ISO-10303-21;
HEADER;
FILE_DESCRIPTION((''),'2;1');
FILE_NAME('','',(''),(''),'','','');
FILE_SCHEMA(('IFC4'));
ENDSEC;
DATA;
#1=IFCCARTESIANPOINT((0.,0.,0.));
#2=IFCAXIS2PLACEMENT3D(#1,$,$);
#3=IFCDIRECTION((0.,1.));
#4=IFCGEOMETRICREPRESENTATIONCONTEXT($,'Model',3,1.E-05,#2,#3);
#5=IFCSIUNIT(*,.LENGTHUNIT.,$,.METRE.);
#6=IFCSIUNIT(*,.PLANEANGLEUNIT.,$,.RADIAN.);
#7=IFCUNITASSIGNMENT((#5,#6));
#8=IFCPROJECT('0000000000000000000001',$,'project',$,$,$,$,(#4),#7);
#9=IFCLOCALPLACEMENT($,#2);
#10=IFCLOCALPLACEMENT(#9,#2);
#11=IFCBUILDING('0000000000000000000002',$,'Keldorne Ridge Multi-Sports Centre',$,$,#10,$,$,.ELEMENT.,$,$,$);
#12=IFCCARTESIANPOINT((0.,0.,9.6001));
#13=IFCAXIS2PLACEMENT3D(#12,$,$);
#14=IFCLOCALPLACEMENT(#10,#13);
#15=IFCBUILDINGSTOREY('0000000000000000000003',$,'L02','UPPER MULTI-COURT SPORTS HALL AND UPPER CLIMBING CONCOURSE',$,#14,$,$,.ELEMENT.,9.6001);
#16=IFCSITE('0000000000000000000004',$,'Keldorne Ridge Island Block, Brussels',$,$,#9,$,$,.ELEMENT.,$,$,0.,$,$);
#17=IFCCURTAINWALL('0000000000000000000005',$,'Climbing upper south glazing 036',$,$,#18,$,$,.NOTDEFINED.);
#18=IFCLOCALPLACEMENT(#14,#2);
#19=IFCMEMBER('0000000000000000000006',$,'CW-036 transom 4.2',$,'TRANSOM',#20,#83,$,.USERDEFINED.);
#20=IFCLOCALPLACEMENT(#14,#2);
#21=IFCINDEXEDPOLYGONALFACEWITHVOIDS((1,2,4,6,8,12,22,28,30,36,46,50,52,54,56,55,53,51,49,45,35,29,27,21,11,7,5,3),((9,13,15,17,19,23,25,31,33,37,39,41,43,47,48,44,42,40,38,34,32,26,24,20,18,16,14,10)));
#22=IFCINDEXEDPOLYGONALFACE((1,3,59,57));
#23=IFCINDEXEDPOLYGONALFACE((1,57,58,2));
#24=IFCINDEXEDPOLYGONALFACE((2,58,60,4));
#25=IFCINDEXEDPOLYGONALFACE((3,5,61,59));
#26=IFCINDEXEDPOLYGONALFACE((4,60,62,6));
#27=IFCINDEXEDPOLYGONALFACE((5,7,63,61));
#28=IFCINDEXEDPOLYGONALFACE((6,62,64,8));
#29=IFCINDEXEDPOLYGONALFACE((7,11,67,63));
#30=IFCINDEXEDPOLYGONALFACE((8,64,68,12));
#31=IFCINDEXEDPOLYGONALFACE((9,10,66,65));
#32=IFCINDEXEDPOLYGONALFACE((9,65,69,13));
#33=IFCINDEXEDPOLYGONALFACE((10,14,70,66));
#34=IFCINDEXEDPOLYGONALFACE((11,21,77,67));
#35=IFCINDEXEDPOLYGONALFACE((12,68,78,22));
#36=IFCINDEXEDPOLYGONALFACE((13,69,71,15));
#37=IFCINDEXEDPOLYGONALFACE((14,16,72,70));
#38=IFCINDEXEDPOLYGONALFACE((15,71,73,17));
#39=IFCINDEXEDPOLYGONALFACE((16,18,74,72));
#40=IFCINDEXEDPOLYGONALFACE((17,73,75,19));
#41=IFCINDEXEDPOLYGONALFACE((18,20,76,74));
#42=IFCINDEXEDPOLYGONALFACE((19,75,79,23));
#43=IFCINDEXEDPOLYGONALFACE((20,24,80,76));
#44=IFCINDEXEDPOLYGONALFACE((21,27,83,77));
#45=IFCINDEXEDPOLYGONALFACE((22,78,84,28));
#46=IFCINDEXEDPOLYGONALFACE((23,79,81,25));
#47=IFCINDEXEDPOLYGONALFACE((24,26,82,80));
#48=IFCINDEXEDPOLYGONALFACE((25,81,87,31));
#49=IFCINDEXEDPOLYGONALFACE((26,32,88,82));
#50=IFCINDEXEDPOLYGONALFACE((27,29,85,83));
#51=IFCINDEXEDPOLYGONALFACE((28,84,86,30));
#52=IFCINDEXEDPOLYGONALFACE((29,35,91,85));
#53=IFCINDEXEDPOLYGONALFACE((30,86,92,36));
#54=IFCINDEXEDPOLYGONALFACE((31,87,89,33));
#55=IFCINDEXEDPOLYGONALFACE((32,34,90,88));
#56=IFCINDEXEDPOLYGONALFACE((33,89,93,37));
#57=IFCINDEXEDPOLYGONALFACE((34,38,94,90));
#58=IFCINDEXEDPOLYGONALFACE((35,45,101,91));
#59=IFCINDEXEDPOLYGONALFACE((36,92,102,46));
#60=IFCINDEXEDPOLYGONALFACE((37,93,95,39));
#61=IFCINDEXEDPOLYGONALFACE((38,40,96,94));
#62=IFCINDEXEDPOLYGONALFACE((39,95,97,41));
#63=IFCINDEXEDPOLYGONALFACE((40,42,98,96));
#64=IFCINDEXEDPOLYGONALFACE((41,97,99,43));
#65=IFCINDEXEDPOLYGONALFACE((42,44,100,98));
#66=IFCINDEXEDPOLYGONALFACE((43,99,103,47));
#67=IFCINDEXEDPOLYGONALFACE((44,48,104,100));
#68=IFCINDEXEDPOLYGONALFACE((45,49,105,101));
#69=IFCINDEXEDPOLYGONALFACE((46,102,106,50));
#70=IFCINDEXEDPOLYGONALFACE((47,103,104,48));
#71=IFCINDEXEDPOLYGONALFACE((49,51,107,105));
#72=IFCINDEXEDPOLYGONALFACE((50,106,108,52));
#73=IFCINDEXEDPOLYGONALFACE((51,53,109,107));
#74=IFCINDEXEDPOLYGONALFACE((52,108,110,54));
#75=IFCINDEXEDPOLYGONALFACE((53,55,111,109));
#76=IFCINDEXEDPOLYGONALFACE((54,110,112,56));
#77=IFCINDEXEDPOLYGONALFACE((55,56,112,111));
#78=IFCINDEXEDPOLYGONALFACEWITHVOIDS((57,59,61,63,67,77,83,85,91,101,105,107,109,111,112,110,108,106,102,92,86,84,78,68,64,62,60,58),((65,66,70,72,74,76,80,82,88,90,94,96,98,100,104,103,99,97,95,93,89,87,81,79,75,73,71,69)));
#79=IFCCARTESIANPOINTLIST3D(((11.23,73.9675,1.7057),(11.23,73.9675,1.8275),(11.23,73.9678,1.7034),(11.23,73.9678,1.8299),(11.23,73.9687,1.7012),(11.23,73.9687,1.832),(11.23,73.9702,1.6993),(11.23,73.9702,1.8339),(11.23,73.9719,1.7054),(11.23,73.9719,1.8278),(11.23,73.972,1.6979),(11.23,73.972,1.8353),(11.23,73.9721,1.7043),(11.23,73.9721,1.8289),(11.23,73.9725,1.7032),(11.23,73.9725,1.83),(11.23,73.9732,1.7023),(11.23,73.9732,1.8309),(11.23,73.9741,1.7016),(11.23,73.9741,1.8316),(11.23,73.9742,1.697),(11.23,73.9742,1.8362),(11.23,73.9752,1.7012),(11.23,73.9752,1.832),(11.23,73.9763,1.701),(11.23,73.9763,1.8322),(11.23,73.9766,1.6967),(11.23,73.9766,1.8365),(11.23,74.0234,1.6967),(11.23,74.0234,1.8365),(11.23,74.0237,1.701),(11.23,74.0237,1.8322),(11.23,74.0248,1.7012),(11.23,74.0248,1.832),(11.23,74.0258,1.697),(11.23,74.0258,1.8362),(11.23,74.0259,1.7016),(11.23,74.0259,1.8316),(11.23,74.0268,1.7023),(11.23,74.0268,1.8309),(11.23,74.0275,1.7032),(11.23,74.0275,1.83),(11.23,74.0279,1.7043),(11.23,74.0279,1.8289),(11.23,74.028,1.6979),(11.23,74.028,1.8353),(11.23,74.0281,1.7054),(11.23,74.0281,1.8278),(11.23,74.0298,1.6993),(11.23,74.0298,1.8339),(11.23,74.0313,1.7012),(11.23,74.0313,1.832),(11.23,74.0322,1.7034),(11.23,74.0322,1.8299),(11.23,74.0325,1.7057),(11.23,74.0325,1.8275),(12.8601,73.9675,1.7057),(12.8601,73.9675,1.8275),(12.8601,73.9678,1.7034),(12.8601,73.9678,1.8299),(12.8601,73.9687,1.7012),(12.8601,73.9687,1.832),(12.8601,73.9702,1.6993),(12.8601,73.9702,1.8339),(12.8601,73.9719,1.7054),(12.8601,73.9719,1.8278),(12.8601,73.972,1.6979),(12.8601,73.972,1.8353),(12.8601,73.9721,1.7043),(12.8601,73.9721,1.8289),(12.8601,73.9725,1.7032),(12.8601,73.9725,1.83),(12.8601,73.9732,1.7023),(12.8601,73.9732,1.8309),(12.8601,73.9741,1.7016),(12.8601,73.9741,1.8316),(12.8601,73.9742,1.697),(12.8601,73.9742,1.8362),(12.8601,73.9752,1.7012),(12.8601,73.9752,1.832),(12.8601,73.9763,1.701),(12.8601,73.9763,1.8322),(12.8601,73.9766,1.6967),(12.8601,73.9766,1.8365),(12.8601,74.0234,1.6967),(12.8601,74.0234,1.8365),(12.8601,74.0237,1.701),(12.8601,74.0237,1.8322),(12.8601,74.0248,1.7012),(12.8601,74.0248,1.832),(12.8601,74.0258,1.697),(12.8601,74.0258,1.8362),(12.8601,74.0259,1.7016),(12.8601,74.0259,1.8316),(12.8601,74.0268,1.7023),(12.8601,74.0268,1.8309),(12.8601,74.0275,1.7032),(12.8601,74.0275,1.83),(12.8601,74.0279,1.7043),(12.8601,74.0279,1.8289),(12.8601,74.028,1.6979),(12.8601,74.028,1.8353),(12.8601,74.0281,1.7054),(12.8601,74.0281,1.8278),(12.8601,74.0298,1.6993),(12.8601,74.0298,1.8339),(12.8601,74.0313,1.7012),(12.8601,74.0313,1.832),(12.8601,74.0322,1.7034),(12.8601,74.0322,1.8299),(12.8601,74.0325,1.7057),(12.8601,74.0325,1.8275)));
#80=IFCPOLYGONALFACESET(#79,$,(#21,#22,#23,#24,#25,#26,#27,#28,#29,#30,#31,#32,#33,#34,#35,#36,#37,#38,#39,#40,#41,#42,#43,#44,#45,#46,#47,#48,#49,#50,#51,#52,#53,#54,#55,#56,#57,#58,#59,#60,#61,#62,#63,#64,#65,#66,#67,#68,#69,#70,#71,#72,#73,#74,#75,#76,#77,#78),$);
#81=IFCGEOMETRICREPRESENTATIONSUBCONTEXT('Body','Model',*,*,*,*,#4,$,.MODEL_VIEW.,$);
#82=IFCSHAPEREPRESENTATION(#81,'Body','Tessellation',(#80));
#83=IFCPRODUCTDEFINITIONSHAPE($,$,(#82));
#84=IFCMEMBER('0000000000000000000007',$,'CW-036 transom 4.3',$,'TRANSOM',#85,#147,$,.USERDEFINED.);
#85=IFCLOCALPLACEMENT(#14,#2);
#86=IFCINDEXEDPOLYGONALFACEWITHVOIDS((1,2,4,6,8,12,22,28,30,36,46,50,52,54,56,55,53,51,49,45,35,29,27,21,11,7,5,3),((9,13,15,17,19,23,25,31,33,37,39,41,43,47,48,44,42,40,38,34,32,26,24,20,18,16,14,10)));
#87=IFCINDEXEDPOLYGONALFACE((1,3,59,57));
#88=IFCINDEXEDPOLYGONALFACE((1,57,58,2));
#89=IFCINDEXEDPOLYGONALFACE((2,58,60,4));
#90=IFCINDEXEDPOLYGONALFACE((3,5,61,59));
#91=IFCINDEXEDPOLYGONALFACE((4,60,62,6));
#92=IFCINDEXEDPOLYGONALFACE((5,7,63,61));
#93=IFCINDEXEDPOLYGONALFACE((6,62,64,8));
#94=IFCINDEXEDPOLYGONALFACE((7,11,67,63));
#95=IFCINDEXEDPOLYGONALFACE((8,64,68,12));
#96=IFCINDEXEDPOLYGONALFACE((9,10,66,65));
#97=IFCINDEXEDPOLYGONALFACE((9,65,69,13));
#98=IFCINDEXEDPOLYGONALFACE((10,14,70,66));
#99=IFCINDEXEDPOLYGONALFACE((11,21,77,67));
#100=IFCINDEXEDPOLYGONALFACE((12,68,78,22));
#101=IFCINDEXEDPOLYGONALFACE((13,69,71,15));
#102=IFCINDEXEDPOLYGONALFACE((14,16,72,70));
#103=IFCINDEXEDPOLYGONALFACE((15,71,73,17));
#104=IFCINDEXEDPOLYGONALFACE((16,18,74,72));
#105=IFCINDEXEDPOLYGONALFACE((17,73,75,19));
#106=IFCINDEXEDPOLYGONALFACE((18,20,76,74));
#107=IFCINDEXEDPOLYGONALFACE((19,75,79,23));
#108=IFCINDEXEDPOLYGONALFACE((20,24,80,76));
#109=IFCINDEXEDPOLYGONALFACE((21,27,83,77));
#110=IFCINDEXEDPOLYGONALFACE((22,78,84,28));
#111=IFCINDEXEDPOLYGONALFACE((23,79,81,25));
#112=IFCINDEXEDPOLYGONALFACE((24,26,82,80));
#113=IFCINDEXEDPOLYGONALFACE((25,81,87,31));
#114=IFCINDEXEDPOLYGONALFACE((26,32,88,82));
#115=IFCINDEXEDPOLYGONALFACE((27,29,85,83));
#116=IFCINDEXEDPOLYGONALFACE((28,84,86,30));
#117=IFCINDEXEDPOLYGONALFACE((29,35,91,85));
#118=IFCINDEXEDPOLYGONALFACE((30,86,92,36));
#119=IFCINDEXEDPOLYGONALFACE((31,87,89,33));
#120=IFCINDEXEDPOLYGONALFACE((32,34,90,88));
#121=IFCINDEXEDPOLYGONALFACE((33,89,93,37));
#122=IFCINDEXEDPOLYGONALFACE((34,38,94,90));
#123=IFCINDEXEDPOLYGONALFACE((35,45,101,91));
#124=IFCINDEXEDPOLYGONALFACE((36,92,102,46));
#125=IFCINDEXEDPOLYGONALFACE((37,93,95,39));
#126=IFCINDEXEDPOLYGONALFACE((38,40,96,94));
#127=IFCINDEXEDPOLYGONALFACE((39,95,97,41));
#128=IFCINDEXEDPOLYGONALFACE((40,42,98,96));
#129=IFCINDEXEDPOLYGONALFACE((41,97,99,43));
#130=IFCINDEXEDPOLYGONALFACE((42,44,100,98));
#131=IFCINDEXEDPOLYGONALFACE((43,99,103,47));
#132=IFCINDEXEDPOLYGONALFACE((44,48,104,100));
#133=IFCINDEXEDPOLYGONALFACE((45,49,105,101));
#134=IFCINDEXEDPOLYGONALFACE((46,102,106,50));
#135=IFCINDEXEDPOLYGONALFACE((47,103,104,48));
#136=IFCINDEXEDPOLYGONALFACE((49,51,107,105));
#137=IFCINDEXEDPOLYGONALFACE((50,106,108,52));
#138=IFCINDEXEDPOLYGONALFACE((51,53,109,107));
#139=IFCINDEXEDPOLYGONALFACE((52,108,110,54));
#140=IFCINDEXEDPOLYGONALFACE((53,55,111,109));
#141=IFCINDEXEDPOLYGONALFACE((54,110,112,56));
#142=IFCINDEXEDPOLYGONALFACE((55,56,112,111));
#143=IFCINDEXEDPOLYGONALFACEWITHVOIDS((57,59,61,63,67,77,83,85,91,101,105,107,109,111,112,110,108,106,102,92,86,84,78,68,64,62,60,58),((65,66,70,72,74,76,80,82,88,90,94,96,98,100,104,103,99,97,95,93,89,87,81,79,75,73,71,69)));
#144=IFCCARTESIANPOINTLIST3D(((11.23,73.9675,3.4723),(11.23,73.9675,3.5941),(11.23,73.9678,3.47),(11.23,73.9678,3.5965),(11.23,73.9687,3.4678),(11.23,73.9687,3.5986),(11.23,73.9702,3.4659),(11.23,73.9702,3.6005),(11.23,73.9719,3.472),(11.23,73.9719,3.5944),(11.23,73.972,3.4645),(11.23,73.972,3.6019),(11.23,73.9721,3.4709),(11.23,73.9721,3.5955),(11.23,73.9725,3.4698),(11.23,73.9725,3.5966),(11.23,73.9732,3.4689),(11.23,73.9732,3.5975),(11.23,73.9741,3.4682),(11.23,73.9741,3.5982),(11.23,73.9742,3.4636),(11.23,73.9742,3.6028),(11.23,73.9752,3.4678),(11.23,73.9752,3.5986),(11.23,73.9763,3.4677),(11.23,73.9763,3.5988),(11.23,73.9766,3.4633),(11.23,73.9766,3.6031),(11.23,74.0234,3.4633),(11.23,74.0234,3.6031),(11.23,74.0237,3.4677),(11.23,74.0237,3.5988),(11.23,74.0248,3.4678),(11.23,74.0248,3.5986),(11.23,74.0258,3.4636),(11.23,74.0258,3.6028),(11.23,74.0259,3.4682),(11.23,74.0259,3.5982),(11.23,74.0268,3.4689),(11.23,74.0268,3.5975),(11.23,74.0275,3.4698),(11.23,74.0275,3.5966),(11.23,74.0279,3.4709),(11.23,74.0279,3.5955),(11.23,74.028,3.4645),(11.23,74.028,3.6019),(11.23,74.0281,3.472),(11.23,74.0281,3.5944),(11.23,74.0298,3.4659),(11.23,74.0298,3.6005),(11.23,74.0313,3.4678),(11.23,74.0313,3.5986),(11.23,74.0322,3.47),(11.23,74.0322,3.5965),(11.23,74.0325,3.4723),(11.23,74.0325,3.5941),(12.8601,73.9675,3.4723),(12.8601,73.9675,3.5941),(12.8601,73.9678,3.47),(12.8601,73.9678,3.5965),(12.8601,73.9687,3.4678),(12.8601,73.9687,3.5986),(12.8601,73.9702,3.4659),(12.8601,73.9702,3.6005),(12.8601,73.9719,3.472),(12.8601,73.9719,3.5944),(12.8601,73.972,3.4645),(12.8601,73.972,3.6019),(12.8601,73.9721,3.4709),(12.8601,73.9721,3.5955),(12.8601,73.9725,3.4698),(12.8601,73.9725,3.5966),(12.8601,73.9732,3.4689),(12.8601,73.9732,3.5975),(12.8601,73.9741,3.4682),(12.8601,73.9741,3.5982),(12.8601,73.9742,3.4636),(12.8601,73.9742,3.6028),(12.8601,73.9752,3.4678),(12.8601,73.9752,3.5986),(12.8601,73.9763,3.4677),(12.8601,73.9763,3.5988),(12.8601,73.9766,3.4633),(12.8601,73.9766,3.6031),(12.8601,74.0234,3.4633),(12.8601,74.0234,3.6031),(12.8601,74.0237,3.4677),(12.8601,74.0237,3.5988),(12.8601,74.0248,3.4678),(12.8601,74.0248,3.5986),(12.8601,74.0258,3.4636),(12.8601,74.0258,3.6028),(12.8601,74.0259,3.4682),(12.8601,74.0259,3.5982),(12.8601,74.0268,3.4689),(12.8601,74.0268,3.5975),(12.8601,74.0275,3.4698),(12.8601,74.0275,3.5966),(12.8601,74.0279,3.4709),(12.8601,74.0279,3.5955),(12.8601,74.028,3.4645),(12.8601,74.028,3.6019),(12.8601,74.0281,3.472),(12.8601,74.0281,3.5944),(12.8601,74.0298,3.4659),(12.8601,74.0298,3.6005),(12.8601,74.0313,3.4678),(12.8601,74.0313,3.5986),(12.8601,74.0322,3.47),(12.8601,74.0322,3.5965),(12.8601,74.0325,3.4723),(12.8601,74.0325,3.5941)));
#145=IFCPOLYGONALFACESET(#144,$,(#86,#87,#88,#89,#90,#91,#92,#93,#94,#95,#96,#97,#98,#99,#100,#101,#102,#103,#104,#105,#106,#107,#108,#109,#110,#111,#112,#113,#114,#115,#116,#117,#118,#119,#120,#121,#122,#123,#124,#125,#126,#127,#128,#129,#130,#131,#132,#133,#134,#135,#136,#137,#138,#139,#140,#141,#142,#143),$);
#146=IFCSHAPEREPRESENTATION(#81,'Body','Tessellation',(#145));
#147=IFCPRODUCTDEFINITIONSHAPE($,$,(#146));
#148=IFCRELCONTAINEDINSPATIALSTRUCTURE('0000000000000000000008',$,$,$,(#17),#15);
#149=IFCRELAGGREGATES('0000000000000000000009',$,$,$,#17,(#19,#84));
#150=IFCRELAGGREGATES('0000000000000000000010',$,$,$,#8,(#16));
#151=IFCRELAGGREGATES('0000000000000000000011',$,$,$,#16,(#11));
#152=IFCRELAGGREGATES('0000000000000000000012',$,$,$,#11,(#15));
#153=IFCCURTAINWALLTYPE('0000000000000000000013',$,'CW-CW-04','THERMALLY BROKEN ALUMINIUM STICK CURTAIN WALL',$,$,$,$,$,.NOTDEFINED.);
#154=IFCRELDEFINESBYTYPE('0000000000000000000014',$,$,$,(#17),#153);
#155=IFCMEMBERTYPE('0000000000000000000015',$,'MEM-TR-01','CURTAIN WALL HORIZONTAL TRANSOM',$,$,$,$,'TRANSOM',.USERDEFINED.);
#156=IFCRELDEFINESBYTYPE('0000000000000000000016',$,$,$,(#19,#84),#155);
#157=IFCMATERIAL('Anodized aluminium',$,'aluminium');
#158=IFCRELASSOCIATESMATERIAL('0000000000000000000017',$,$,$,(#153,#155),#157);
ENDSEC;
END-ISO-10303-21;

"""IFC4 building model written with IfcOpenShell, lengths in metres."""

from ifc_helpers import new_model, si_unit, direction, frame, origin, origin_2d, place, context, subcontext, project, spatial, hollow_rectangle, extrude, material, material_profile, profile_set, type_object, element, aggregate, save


model = new_model("IFC4")

# Units and contexts
model_context = context("Model", 3, precision=1e-05, world=origin(), true_north=direction((0.0, 1.0)))
body_context = subcontext(model_context, "Body", "Model", "MODEL_VIEW")
ifc_project = project(units=[si_unit("LENGTHUNIT", "METRE"), si_unit("PLANEANGLEUNIT", "RADIAN")], contexts=[model_context])

# Site, building, storey
site_placement = place(None, origin())
site = spatial("IfcSite", under=ifc_project, at=site_placement, Name="Keldorne Ridge Island Block, Brussels", CompositionType="ELEMENT", RefElevation=0.0)
building_placement = place(site_placement, origin())
building = spatial("IfcBuilding", under=site, at=building_placement, Name="Keldorne Ridge Multi-Sports Centre", CompositionType="ELEMENT")
storey_placement = place(building_placement, frame((0.0, 0.0, 9.6001)))
storey = spatial("IfcBuildingStorey", under=building, at=storey_placement, Name="L02", Description="UPPER MULTI-COURT SPORTS HALL AND UPPER CLIMBING CONCOURSE", CompositionType="ELEMENT", Elevation=9.6001)

# Curtain wall
ifc_material_1 = material(Name="Anodized aluminium", Category="aluminium")
curtain_wall_type = type_object("IfcCurtainWallType", Name="CW-CW-04", Description="THERMALLY BROKEN ALUMINIUM STICK CURTAIN WALL", PredefinedType="NOTDEFINED", material=ifc_material_1)
curtain_wall_placement = place(storey_placement, origin())
curtain_wall = element("IfcCurtainWall", 1, at=curtain_wall_placement, inside=storey, type_object=curtain_wall_type, Name="Climbing upper south glazing 036", PredefinedType="NOTDEFINED")

# Members
ifc_material_profile_1 = material_profile(ifc_material_1, hollow_rectangle(XDim=0.0649, YDim=0.1399, WallThickness=0.0044, InnerFilletRadius=0.0044, OuterFilletRadius=0.009, at=origin_2d()), Name="ALU TRANSOM 140x65x4.5")
ifc_profile_set_1 = profile_set([ifc_material_profile_1], Name="Anodized aluminium")
member_type_1 = type_object("IfcMemberType", Name="MEM-TR-01", Description="CURTAIN WALL HORIZONTAL TRANSOM", ElementType="TRANSOM", PredefinedType="USERDEFINED", material=ifc_profile_set_1)
member_1_placement = place(storey_placement, frame((11.23, 74.0, 1.7666), z_axis=(1.0, 0.0, 0.0), x_axis=(0.0, 1.0, 0.0)))
member_1 = element("IfcMember", 2, at=member_1_placement, type_object=member_type_1, Name="CW-036 transom 4.2", ObjectType="TRANSOM", PredefinedType="USERDEFINED", context=body_context, shape_type="SweptSolid", body=[
    extrude(hollow_rectangle(XDim=0.0649, YDim=0.1399, WallThickness=0.0044, InnerFilletRadius=0.0044, OuterFilletRadius=0.009, at=origin_2d()), origin(), (0.0, 0.0, 1.0), 1.6301),
])
member_2_placement = place(storey_placement, frame((11.23, 74.0, 3.5332), z_axis=(1.0, 0.0, 0.0), x_axis=(0.0, 1.0, 0.0)))
member_2 = element("IfcMember", 3, at=member_2_placement, type_object=member_type_1, Name="CW-036 transom 4.3", ObjectType="TRANSOM", PredefinedType="USERDEFINED", context=body_context, shape_type="SweptSolid", body=[
    extrude(hollow_rectangle(XDim=0.0649, YDim=0.1399, WallThickness=0.0044, InnerFilletRadius=0.0044, OuterFilletRadius=0.009, at=origin_2d()), origin(), (0.0, 0.0, 1.0), 1.6301),
])

aggregate(curtain_wall, [member_1, member_2])

save(model, "model.ifc")
